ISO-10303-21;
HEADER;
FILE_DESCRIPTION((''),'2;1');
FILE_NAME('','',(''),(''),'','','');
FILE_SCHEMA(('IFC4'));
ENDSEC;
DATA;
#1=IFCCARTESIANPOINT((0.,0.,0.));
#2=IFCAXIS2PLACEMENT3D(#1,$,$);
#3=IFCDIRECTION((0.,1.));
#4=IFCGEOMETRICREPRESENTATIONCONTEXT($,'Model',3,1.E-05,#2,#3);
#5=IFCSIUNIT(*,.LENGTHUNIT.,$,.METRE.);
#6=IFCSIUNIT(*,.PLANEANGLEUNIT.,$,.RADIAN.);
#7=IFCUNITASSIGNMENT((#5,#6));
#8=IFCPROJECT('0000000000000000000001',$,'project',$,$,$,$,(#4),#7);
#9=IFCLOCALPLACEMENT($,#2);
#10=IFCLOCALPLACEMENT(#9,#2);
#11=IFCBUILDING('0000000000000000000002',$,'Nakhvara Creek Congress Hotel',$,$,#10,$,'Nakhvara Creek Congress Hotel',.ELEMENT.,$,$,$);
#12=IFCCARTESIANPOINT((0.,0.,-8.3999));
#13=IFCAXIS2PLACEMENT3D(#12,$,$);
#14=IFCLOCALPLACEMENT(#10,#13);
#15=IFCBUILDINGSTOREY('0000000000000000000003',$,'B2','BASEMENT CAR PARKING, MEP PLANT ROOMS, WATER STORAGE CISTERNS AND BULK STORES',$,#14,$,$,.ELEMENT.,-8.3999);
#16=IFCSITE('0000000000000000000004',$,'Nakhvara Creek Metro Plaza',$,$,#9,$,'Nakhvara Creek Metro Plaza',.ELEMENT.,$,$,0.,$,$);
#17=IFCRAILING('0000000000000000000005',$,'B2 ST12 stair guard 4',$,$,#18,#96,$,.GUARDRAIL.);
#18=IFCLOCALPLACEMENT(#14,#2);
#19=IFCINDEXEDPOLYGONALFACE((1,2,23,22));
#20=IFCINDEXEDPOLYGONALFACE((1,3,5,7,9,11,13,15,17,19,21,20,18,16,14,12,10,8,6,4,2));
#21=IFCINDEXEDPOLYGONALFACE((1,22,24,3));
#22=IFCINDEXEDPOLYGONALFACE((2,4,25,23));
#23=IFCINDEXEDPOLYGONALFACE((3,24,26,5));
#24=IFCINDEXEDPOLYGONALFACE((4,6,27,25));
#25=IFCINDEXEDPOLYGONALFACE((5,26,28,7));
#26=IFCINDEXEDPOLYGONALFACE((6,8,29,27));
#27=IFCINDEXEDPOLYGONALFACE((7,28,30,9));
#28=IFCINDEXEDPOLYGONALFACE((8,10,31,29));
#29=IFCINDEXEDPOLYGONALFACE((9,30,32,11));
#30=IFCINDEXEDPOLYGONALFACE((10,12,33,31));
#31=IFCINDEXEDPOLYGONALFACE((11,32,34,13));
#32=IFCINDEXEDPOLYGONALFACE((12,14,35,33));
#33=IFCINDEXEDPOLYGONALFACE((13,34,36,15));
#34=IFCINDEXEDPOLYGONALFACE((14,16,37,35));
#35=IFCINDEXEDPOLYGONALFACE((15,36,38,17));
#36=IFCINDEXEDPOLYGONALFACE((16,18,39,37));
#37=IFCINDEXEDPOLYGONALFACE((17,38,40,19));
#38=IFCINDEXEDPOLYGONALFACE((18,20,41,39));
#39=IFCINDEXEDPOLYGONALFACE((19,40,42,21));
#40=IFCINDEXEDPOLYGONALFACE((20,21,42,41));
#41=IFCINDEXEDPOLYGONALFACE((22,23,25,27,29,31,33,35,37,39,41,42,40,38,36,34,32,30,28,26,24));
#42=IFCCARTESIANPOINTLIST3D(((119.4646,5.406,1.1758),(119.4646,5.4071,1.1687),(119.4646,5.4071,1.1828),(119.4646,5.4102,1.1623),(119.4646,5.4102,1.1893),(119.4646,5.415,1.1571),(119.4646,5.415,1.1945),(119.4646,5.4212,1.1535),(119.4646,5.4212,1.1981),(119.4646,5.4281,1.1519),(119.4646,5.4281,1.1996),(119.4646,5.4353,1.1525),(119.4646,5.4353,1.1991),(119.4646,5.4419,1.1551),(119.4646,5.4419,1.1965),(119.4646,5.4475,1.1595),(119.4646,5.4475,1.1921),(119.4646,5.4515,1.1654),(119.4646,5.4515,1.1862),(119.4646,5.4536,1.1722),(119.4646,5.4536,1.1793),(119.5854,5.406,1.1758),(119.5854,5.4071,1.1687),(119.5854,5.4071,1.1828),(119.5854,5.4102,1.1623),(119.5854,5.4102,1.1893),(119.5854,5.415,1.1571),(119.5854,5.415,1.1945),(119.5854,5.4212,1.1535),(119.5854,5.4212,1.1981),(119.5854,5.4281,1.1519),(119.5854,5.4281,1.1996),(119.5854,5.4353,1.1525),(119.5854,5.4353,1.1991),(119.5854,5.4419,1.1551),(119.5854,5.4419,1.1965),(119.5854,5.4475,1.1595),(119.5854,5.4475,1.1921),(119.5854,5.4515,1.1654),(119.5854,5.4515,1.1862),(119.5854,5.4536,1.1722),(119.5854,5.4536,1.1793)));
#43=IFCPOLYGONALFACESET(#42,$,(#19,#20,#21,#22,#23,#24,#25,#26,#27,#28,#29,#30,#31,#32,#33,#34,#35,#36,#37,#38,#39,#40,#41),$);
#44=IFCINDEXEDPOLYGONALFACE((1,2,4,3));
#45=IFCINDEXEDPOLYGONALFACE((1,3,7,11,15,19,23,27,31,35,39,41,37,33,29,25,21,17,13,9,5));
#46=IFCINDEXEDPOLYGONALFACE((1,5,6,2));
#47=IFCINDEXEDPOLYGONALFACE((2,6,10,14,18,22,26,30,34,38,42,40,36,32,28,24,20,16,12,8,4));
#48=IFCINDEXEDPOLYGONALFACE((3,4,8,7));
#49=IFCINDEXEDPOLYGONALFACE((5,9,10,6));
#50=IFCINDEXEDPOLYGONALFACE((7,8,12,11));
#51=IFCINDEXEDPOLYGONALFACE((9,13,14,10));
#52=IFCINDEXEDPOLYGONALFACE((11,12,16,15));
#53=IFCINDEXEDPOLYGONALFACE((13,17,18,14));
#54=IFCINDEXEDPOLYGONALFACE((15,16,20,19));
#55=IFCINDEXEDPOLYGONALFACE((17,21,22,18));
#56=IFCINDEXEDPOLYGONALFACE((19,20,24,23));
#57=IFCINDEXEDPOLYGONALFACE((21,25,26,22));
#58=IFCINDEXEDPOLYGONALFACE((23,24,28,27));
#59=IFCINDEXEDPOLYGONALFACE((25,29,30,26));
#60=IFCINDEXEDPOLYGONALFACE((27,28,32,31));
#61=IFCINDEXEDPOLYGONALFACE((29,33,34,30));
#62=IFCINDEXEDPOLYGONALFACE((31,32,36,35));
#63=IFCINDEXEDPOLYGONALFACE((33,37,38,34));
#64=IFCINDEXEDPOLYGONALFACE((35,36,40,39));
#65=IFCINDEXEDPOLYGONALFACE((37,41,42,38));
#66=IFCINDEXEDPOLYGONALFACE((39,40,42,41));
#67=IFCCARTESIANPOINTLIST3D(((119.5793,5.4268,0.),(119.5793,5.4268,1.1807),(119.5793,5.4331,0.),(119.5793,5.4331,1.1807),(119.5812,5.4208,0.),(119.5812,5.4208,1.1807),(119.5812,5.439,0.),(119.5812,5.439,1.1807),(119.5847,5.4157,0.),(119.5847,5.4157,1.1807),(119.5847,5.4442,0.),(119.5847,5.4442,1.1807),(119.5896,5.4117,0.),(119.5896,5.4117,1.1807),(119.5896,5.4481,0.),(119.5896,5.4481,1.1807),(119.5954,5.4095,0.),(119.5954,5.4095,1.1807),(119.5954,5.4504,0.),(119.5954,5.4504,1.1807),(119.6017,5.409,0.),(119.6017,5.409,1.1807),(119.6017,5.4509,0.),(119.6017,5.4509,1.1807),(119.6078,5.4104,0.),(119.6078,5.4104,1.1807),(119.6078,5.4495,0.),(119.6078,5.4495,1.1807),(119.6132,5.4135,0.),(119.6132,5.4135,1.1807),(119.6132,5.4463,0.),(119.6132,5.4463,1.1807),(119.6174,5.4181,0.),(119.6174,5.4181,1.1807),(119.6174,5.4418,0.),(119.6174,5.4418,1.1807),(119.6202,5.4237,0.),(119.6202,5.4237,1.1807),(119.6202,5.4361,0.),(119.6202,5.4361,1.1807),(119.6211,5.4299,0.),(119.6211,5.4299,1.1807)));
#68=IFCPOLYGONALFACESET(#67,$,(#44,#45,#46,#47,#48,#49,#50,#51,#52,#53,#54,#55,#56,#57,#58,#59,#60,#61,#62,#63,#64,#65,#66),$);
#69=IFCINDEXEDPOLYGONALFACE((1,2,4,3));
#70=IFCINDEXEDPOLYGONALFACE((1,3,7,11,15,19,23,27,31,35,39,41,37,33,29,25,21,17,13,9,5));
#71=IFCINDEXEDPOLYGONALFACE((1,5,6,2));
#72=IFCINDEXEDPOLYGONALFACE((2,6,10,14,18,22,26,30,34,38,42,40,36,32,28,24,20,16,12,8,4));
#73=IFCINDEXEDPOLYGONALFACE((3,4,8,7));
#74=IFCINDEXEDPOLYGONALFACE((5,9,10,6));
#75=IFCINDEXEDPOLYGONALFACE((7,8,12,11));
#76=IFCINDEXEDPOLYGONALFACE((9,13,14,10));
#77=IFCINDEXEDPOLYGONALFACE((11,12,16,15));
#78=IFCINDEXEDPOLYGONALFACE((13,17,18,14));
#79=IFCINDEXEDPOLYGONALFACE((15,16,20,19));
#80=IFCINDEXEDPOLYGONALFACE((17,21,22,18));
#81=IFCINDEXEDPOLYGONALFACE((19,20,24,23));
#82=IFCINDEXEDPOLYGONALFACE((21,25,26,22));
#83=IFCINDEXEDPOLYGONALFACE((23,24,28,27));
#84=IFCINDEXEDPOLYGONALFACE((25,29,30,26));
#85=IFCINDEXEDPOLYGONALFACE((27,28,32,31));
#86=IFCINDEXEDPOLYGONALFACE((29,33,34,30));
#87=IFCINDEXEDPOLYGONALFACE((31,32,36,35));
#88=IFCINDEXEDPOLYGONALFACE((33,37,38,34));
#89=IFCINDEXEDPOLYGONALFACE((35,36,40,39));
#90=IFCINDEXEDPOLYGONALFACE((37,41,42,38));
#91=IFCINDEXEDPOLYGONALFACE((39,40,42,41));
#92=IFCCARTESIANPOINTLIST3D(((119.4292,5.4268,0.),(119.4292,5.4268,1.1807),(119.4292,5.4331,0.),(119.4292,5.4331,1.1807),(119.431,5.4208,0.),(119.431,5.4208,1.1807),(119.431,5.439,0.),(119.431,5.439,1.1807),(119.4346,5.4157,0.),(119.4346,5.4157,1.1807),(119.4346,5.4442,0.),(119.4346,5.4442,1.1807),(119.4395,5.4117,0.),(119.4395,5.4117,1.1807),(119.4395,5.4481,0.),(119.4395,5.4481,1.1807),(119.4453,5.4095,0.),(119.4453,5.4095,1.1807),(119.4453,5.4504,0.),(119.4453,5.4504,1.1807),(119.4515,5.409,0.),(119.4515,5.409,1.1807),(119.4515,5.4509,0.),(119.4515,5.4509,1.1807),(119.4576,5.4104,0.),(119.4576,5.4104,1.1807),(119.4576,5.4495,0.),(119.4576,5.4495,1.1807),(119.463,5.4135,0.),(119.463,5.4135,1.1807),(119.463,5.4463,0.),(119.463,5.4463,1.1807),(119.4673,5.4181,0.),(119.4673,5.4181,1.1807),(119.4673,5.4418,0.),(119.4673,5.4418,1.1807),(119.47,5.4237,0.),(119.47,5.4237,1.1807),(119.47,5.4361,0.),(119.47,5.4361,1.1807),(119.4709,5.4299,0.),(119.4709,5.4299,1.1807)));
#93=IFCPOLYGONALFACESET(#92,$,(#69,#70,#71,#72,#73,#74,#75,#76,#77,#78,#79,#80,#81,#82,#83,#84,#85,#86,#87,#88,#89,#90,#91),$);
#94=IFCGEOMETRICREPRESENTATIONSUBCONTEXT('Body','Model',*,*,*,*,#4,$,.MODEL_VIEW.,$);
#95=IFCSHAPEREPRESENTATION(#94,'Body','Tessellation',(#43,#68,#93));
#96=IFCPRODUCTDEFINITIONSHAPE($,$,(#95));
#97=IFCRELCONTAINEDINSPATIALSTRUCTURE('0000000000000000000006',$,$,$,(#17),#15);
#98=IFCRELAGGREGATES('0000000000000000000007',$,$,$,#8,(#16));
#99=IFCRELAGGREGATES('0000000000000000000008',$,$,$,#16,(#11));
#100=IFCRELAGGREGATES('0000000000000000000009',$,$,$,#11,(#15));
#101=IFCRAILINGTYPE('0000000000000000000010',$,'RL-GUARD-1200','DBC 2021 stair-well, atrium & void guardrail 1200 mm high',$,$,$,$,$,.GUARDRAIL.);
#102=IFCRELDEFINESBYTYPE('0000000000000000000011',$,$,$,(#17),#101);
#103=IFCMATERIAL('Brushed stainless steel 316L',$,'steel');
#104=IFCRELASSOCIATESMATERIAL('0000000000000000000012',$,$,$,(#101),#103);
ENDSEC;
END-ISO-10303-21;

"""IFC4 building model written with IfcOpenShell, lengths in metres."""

from ifc_helpers import new_model, si_unit, direction, frame, origin, origin_2d, place, context, subcontext, project, spatial, circle, extrude, material, type_object, element, save


model = new_model("IFC4")

# Units and contexts
model_context = context("Model", 3, precision=1e-05, world=origin(), true_north=direction((0.0, 1.0)))
body_context = subcontext(model_context, "Body", "Model", "MODEL_VIEW")
ifc_project = project(units=[si_unit("LENGTHUNIT", "METRE"), si_unit("PLANEANGLEUNIT", "RADIAN")], contexts=[model_context])

# Site, building, storey
site_placement = place(None, origin())
site = spatial("IfcSite", under=ifc_project, at=site_placement, Name="Nakhvara Creek Metro Plaza", LongName="Nakhvara Creek Metro Plaza", CompositionType="ELEMENT", RefElevation=0.0)
building_placement = place(site_placement, origin())
building = spatial("IfcBuilding", under=site, at=building_placement, Name="Nakhvara Creek Congress Hotel", LongName="Nakhvara Creek Congress Hotel", CompositionType="ELEMENT")
storey_placement = place(building_placement, frame((0.0, 0.0, -8.3999)))
storey = spatial("IfcBuildingStorey", under=building, at=storey_placement, Name="B2", Description="BASEMENT CAR PARKING, MEP PLANT ROOMS, WATER STORAGE CISTERNS AND BULK STORES", CompositionType="ELEMENT", Elevation=-8.3999)

# Railing
ifc_material_1 = material(Name="Brushed stainless steel 316L", Category="steel")
railing_type_1 = type_object("IfcRailingType", Name="RL-GUARD-1200", Description="DBC 2021 stair-well, atrium & void guardrail 1200 mm high", PredefinedType="GUARDRAIL", material=ifc_material_1)
railing_1_placement = place(storey_placement, frame((119.6001, 5.4299, 0.0)))
element("IfcRailing", 1, at=railing_1_placement, inside=storey, type_object=railing_type_1, Name="B2 ST12 stair guard 4", PredefinedType="GUARDRAIL", context=body_context, shape_type="SweptSolid", body=[
    extrude(circle(Radius=0.0239, at=origin_2d()), frame((-0.0146, 0.0, 1.1758), z_axis=(-1.0, 0.0, 0.0), x_axis=(0.0, -1.0, 0.0)), (0.0, 0.0, 1.0), 0.1208),
    extrude(circle(Radius=0.021, at=origin_2d()), origin(), (0.0, 0.0, 1.0), 1.1807),
    extrude(circle(Radius=0.021, at=origin_2d()), frame((-0.1501, 0.0, 0.0)), (0.0, 0.0, 1.0), 1.1807),
])

save(model, "model.ifc")
